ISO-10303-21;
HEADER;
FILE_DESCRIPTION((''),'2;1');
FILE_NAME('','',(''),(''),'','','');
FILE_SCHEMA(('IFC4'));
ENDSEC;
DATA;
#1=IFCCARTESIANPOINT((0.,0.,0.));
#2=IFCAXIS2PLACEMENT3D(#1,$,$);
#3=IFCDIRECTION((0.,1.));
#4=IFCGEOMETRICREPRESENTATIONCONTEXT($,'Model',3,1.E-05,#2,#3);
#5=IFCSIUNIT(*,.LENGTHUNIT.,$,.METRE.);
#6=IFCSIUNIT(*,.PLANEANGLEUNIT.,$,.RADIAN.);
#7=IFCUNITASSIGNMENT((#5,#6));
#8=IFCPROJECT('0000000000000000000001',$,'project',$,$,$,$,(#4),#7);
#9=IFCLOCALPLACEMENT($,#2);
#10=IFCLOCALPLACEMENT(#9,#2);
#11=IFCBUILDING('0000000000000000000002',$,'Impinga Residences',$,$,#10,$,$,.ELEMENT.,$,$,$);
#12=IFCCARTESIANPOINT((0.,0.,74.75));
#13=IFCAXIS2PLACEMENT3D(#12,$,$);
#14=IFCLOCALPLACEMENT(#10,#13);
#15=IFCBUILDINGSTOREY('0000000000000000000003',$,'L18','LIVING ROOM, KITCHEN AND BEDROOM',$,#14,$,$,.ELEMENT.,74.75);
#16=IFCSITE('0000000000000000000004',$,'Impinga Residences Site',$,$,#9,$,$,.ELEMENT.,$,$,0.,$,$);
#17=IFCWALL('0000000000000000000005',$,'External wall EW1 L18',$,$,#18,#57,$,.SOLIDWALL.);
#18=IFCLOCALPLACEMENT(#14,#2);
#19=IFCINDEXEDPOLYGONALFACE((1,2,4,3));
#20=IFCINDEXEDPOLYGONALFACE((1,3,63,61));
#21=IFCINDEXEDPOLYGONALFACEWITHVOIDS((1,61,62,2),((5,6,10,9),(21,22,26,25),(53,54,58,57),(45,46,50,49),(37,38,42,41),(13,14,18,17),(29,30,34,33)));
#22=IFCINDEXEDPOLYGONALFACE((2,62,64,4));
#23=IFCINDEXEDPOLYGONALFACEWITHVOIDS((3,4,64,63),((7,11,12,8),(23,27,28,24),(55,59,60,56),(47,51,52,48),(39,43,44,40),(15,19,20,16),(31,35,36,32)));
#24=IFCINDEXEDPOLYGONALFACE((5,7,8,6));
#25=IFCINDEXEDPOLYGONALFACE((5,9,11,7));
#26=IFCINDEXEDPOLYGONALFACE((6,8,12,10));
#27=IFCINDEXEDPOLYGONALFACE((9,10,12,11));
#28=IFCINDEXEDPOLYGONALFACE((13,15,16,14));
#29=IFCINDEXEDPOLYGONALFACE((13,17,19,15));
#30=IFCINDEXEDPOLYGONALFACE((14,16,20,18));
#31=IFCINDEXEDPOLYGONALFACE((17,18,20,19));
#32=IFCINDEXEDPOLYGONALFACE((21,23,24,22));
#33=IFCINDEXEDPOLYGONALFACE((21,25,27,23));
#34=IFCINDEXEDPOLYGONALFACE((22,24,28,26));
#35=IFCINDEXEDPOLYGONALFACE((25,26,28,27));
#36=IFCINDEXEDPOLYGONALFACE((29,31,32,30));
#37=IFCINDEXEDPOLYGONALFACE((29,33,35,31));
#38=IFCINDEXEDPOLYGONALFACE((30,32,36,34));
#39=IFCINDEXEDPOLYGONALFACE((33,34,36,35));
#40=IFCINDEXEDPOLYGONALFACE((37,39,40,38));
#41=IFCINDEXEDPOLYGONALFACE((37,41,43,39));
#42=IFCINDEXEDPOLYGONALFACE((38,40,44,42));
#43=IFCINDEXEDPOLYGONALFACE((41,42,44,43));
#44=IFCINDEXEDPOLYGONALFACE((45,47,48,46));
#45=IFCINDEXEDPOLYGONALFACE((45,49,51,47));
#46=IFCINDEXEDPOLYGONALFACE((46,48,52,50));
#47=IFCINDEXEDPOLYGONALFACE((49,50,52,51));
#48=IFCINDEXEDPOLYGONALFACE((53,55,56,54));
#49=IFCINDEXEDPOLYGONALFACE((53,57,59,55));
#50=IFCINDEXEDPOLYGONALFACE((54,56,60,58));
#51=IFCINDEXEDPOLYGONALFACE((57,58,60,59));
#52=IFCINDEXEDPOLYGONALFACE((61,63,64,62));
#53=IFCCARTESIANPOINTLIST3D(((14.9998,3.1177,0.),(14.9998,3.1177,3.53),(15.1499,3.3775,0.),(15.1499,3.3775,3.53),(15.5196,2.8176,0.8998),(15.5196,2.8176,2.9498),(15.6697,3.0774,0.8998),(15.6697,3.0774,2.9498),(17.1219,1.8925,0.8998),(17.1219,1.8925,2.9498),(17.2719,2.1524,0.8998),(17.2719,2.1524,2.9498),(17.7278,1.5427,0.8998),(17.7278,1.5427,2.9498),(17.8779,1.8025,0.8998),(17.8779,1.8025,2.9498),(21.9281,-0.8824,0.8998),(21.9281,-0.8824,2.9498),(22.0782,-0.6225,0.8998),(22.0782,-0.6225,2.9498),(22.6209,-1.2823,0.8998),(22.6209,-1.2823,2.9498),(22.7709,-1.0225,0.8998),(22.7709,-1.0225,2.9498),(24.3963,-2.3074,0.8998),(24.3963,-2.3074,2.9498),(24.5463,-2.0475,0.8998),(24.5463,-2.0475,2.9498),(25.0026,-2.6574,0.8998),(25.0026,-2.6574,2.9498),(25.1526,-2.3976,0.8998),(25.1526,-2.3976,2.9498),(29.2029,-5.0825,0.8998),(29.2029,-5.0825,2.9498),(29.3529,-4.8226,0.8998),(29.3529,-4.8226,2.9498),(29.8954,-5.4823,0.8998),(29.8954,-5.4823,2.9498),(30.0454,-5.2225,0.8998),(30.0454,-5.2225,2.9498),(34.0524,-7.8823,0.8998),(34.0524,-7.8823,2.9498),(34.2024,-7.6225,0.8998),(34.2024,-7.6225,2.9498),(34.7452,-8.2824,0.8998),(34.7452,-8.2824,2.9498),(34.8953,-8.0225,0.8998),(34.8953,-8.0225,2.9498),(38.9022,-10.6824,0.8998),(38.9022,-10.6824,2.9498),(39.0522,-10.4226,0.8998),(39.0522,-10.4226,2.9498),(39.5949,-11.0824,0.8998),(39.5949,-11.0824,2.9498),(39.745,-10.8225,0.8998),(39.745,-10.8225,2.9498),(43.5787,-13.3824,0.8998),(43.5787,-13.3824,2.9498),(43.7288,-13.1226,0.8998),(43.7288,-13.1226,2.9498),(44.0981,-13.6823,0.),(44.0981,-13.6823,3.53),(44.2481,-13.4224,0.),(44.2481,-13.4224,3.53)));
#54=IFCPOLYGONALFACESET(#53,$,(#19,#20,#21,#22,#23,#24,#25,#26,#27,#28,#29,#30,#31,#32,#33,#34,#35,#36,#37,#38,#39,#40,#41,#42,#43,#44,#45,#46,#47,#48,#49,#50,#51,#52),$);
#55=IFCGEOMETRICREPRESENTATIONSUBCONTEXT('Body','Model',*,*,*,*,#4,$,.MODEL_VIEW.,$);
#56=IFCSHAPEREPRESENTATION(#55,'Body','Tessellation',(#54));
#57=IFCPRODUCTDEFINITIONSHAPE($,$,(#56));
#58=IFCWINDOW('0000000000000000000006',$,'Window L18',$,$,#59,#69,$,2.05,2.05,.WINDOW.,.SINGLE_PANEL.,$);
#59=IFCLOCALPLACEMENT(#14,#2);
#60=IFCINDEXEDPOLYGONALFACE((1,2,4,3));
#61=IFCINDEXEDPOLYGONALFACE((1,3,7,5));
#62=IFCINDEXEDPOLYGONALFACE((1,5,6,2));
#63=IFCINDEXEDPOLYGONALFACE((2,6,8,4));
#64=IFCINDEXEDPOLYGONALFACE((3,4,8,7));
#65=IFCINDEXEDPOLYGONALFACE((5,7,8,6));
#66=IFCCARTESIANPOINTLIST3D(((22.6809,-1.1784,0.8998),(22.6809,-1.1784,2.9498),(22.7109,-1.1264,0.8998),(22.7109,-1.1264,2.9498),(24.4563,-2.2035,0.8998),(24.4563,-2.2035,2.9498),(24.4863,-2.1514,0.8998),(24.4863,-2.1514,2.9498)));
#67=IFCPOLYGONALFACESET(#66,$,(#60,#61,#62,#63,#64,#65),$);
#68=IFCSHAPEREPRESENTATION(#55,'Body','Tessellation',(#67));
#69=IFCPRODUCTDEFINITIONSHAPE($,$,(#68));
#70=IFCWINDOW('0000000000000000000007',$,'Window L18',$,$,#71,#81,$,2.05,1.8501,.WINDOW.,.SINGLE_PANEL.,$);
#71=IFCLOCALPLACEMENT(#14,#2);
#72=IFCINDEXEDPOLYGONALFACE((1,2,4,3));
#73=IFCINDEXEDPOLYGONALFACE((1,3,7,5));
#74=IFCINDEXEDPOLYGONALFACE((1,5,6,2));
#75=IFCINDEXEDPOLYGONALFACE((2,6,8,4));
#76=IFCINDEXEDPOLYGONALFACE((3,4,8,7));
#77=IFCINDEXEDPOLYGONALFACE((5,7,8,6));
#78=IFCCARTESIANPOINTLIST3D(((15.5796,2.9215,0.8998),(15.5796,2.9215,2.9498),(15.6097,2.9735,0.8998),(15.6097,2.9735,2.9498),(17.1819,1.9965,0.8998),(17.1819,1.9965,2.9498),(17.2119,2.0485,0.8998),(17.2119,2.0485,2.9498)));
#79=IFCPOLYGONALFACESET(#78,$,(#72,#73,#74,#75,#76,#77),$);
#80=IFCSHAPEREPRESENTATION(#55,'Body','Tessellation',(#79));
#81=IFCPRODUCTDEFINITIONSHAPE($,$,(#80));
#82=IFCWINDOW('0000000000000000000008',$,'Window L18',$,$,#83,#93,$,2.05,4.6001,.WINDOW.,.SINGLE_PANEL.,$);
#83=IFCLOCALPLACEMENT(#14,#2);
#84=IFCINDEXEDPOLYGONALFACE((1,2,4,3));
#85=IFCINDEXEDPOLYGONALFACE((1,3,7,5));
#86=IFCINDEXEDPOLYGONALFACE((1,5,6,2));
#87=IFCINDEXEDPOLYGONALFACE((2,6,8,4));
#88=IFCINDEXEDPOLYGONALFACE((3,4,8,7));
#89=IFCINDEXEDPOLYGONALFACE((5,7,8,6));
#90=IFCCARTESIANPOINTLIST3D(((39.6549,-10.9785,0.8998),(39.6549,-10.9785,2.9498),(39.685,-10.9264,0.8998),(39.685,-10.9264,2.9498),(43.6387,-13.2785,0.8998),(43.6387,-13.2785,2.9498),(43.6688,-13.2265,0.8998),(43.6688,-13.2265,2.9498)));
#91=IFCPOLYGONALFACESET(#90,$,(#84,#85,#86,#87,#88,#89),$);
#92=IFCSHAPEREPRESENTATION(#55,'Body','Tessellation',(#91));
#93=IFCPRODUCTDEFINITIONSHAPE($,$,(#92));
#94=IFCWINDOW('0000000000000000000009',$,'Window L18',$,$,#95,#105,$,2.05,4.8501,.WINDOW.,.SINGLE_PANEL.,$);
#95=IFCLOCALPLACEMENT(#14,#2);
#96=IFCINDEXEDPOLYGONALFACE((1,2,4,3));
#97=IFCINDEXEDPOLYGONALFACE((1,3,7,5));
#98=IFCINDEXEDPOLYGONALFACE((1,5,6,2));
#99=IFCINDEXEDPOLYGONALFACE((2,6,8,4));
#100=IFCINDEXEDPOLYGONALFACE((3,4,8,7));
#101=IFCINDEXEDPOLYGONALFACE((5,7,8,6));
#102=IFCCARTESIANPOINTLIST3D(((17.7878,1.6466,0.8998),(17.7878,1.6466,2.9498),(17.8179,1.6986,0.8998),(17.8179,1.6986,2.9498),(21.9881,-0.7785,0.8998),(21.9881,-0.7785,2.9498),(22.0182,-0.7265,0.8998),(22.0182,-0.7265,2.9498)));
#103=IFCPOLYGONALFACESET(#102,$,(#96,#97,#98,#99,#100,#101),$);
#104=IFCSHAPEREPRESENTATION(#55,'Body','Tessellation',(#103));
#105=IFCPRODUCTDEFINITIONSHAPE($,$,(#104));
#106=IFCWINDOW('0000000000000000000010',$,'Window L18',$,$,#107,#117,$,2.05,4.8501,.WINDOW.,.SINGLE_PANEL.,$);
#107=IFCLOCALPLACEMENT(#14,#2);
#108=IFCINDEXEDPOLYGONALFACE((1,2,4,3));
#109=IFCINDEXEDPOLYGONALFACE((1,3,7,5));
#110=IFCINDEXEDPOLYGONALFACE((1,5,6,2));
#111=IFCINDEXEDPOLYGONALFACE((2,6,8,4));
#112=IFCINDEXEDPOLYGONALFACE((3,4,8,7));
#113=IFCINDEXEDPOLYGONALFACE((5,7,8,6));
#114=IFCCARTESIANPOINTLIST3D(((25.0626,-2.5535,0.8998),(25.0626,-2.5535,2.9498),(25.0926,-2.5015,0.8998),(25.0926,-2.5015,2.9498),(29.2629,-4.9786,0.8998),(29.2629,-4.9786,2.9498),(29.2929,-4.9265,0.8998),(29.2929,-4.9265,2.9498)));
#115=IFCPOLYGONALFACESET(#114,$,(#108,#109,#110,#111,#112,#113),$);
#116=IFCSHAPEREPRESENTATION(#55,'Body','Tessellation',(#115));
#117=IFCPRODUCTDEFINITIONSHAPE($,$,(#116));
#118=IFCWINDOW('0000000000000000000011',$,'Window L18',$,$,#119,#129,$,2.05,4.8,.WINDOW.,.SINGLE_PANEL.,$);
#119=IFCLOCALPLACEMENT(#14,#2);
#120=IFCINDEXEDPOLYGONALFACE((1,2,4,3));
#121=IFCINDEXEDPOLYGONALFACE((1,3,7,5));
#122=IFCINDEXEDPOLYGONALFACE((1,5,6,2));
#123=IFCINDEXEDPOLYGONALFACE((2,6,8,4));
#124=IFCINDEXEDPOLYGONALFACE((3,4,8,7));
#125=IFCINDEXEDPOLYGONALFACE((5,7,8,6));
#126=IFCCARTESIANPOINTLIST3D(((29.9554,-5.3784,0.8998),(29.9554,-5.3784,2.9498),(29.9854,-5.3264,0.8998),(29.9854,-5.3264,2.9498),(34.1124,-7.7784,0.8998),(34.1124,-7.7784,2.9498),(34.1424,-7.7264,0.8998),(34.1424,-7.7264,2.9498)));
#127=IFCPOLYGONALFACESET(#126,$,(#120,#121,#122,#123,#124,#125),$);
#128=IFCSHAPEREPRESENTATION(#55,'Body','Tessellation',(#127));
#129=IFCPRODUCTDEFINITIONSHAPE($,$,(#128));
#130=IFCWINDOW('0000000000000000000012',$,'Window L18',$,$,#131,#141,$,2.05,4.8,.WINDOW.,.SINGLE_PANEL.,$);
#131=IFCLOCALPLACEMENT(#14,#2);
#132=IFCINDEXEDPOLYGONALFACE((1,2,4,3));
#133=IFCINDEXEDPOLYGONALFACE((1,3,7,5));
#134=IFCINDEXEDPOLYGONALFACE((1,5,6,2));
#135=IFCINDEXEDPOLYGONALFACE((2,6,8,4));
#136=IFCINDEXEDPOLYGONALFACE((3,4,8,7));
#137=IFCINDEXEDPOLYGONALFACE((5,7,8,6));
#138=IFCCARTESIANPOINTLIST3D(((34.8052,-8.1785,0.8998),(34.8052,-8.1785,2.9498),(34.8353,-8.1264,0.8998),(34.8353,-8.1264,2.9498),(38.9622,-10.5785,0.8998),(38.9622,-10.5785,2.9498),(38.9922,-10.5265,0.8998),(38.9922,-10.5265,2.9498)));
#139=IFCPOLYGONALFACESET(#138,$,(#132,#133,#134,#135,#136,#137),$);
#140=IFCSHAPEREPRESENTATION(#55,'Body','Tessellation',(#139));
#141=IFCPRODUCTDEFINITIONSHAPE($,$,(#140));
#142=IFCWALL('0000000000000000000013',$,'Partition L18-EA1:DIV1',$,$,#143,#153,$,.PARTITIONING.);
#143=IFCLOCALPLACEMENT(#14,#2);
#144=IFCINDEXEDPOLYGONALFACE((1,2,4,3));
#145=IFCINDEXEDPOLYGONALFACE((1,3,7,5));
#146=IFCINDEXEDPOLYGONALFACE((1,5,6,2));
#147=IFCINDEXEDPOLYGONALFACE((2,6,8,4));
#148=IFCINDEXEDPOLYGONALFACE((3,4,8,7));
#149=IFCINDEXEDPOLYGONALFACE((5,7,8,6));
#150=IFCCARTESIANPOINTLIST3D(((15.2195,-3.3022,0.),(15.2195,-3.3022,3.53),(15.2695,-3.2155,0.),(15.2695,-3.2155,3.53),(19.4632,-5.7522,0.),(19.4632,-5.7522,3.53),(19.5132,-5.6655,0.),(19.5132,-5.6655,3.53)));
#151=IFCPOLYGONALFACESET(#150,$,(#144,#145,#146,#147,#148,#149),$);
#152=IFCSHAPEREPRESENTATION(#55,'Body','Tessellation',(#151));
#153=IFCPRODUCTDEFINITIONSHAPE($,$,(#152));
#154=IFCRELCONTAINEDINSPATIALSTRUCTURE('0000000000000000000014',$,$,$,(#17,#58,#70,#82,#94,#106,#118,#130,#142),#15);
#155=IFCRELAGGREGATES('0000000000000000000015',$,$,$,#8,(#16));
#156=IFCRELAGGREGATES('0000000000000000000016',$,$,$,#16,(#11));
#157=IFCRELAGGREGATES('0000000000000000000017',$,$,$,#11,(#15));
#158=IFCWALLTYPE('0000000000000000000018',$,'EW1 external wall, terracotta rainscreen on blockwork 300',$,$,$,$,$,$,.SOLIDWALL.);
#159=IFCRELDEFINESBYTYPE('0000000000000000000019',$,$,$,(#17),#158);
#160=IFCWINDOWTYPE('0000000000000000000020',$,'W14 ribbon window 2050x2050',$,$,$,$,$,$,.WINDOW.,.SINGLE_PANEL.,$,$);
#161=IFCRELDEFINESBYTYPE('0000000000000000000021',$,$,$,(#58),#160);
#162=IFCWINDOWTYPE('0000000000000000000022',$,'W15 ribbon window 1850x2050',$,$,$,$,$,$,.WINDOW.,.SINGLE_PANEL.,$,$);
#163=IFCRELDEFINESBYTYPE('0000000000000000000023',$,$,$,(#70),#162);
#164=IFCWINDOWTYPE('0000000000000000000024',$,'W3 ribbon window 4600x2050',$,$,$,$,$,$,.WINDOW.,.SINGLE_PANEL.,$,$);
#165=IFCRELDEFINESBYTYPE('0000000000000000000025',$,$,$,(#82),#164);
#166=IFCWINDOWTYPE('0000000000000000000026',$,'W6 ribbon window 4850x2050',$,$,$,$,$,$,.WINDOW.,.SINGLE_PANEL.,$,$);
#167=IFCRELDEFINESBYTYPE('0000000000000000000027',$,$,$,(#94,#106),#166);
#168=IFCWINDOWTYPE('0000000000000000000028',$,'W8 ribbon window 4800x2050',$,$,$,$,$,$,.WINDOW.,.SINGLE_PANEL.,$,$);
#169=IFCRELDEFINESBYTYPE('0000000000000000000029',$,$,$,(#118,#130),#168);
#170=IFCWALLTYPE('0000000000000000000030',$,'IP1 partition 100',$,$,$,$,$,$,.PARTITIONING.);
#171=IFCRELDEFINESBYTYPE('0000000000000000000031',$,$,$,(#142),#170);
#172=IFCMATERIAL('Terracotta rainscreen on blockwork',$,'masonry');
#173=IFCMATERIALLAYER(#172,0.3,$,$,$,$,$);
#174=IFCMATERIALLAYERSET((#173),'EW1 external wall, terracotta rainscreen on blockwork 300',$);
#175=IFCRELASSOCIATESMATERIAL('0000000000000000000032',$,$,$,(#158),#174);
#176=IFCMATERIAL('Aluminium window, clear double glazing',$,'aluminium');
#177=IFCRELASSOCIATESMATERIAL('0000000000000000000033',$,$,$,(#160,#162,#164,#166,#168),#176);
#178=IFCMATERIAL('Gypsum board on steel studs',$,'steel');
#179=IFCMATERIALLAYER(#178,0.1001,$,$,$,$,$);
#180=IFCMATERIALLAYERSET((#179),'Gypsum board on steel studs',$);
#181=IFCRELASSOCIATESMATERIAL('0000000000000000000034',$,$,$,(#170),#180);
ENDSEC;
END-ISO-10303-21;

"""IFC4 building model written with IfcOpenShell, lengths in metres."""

from ifc_helpers import new_model, si_unit, direction, frame, frame_2d, origin, place, context, subcontext, project, spatial, rectangle, extrude, material, layer, layer_set, type_object, element, fill, save


model = new_model("IFC4")

# Units and contexts
model_context = context("Model", 3, precision=1e-05, world=origin(), true_north=direction((0.0, 1.0)))
body_context = subcontext(model_context, "Body", "Model", "MODEL_VIEW")
ifc_project = project(units=[si_unit("LENGTHUNIT", "METRE"), si_unit("PLANEANGLEUNIT", "RADIAN")], contexts=[model_context])

# Site, building, storey
site_placement = place(None, origin())
site = spatial("IfcSite", under=ifc_project, at=site_placement, Name="Impinga Residences Site", CompositionType="ELEMENT", RefElevation=0.0)
building_placement = place(site_placement, origin())
building = spatial("IfcBuilding", under=site, at=building_placement, Name="Impinga Residences", CompositionType="ELEMENT")
storey_placement = place(building_placement, frame((0.0, 0.0, 74.75)))
storey = spatial("IfcBuildingStorey", under=building, at=storey_placement, Name="L18", Description="LIVING ROOM, KITCHEN AND BEDROOM", CompositionType="ELEMENT", Elevation=74.75)

# Wall, openings, windows
ifc_material_1 = material(Name="Terracotta rainscreen on blockwork", Category="masonry")
ifc_layer_1 = layer(ifc_material_1, 0.3)
ifc_layer_set_1 = layer_set([ifc_layer_1], Name="EW1 external wall, terracotta rainscreen on blockwork 300")
wall_type_1 = type_object("IfcWallType", Name="EW1 external wall, terracotta rainscreen on blockwork 300", PredefinedType="SOLIDWALL", material=ifc_layer_set_1)
wall_1_placement = place(storey_placement, frame((15.075, 3.2476, 0.0), z_axis=(0.0, 0.0, 1.0), x_axis=(0.866024, -0.500002, 0.0)))
wall_1 = element("IfcWall", 1, at=wall_1_placement, inside=storey, type_object=wall_type_1, Name="External wall EW1 L18", PredefinedType="SOLIDWALL", context=body_context, shape_type="SweptSolid", body=[
    extrude(rectangle(XDim=33.5999, YDim=0.3, at=frame_2d((16.7998, 0.0))), origin(), (0.0, 0.0, 1.0), 3.53),
])
opening_1_placement = place(wall_1_placement, frame((0.6001, 0.0, 0.8999)))
opening_1 = element("IfcOpeningElement", 2, at=opening_1_placement, cuts=wall_1, PredefinedType="OPENING", context=body_context, shape_type="SweptSolid", body=[
    extrude(rectangle(XDim=1.8501, YDim=2.05, at=frame_2d((0.925, 1.0249))), frame((0.0, 0.1599, 0.0), z_axis=(0.0, -1.0, 0.0), x_axis=(1.0, 0.0, 0.0)), (0.0, 0.0, 1.0), 0.3201),
])
opening_2_placement = place(wall_1_placement, frame((3.1499, 0.0, 0.8999)))
opening_2 = element("IfcOpeningElement", 3, at=opening_2_placement, cuts=wall_1, PredefinedType="OPENING", context=body_context, shape_type="SweptSolid", body=[
    extrude(rectangle(XDim=4.8501, YDim=2.05, at=frame_2d((2.425, 1.0249))), frame((0.0, 0.1599, 0.0), z_axis=(0.0, -1.0, 0.0), x_axis=(1.0, 0.0, 0.0)), (0.0, 0.0, 1.0), 0.3201),
])
opening_3_placement = place(wall_1_placement, frame((8.8, 0.0, 0.8999)))
opening_3 = element("IfcOpeningElement", 4, at=opening_3_placement, cuts=wall_1, PredefinedType="OPENING", context=body_context, shape_type="SweptSolid", body=[
    extrude(rectangle(XDim=2.05, YDim=2.05, at=frame_2d((1.0249, 1.0249))), frame((0.0, 0.1599, 0.0), z_axis=(0.0, -1.0, 0.0), x_axis=(1.0, 0.0, 0.0)), (0.0, 0.0, 1.0), 0.3201),
])
opening_4_placement = place(wall_1_placement, frame((11.55, 0.0, 0.8999)))
opening_4 = element("IfcOpeningElement", 5, at=opening_4_placement, cuts=wall_1, PredefinedType="OPENING", context=body_context, shape_type="SweptSolid", body=[
    extrude(rectangle(XDim=4.8501, YDim=2.05, at=frame_2d((2.425, 1.0249))), frame((0.0, 0.1599, 0.0), z_axis=(0.0, -1.0, 0.0), x_axis=(1.0, 0.0, 0.0)), (0.0, 0.0, 1.0), 0.3201),
])
opening_5_placement = place(wall_1_placement, frame((17.2, 0.0, 0.8999)))
opening_5 = element("IfcOpeningElement", 6, at=opening_5_placement, cuts=wall_1, PredefinedType="OPENING", context=body_context, shape_type="SweptSolid", body=[
    extrude(rectangle(XDim=4.8, YDim=2.05, at=frame_2d((2.3999, 1.0249))), frame((0.0, 0.1599, 0.0), z_axis=(0.0, -1.0, 0.0), x_axis=(1.0, 0.0, 0.0)), (0.0, 0.0, 1.0), 0.3201),
])
opening_6_placement = place(wall_1_placement, frame((22.8, 0.0, 0.8999)))
opening_6 = element("IfcOpeningElement", 7, at=opening_6_placement, cuts=wall_1, PredefinedType="OPENING", context=body_context, shape_type="SweptSolid", body=[
    extrude(rectangle(XDim=4.8, YDim=2.05, at=frame_2d((2.3999, 1.0249))), frame((0.0, 0.1599, 0.0), z_axis=(0.0, -1.0, 0.0), x_axis=(1.0, 0.0, 0.0)), (0.0, 0.0, 1.0), 0.3201),
])
opening_7_placement = place(wall_1_placement, frame((28.3999, 0.0, 0.8999)))
opening_7 = element("IfcOpeningElement", 8, at=opening_7_placement, cuts=wall_1, PredefinedType="OPENING", context=body_context, shape_type="SweptSolid", body=[
    extrude(rectangle(XDim=4.6001, YDim=2.05, at=frame_2d((2.3, 1.0249))), frame((0.0, 0.1599, 0.0), z_axis=(0.0, -1.0, 0.0), x_axis=(1.0, 0.0, 0.0)), (0.0, 0.0, 1.0), 0.3201),
])
ifc_material_2 = material(Name="Aluminium window, clear double glazing", Category="aluminium")
window_type_1 = type_object("IfcWindowType", Name="W14 ribbon window 2050x2050", PartitioningType="SINGLE_PANEL", PredefinedType="WINDOW", material=ifc_material_2)
window_1_placement = place(opening_3_placement, origin())
window_1 = element("IfcWindow", 9, at=window_1_placement, inside=storey, type_object=window_type_1, Name="Window L18", OverallHeight=2.05, OverallWidth=2.05, PartitioningType="SINGLE_PANEL", PredefinedType="WINDOW", context=body_context, shape_type="SweptSolid", body=[
    extrude(rectangle(XDim=2.05, YDim=2.05, at=frame_2d((1.0249, 1.0249))), frame((0.0, 0.03, 0.0), z_axis=(0.0, -1.0, 0.0), x_axis=(1.0, 0.0, 0.0)), (0.0, 0.0, 1.0), 0.0601),
])
fill(opening_3, window_1)
window_type_2 = type_object("IfcWindowType", Name="W15 ribbon window 1850x2050", PartitioningType="SINGLE_PANEL", PredefinedType="WINDOW", material=ifc_material_2)
window_2_placement = place(opening_1_placement, origin())
window_2 = element("IfcWindow", 10, at=window_2_placement, inside=storey, type_object=window_type_2, Name="Window L18", OverallHeight=2.05, OverallWidth=1.8501, PartitioningType="SINGLE_PANEL", PredefinedType="WINDOW", context=body_context, shape_type="SweptSolid", body=[
    extrude(rectangle(XDim=1.8501, YDim=2.05, at=frame_2d((0.925, 1.0249))), frame((0.0, 0.03, 0.0), z_axis=(0.0, -1.0, 0.0), x_axis=(1.0, 0.0, 0.0)), (0.0, 0.0, 1.0), 0.0601),
])
fill(opening_1, window_2)
window_type_3 = type_object("IfcWindowType", Name="W3 ribbon window 4600x2050", PartitioningType="SINGLE_PANEL", PredefinedType="WINDOW", material=ifc_material_2)
window_3_placement = place(opening_7_placement, origin())
window_3 = element("IfcWindow", 11, at=window_3_placement, inside=storey, type_object=window_type_3, Name="Window L18", OverallHeight=2.05, OverallWidth=4.6001, PartitioningType="SINGLE_PANEL", PredefinedType="WINDOW", context=body_context, shape_type="SweptSolid", body=[
    extrude(rectangle(XDim=4.6001, YDim=2.05, at=frame_2d((2.3, 1.0249))), frame((0.0, 0.03, 0.0), z_axis=(0.0, -1.0, 0.0), x_axis=(1.0, 0.0, 0.0)), (0.0, 0.0, 1.0), 0.0601),
])
fill(opening_7, window_3)
window_type_4 = type_object("IfcWindowType", Name="W6 ribbon window 4850x2050", PartitioningType="SINGLE_PANEL", PredefinedType="WINDOW", material=ifc_material_2)
window_4_placement = place(opening_2_placement, origin())
window_4 = element("IfcWindow", 12, at=window_4_placement, inside=storey, type_object=window_type_4, Name="Window L18", OverallHeight=2.05, OverallWidth=4.8501, PartitioningType="SINGLE_PANEL", PredefinedType="WINDOW", context=body_context, shape_type="SweptSolid", body=[
    extrude(rectangle(XDim=4.8501, YDim=2.05, at=frame_2d((2.425, 1.0249))), frame((0.0, 0.03, 0.0), z_axis=(0.0, -1.0, 0.0), x_axis=(1.0, 0.0, 0.0)), (0.0, 0.0, 1.0), 0.0601),
])
fill(opening_2, window_4)
window_5_placement = place(opening_4_placement, origin())
window_5 = element("IfcWindow", 13, at=window_5_placement, inside=storey, type_object=window_type_4, Name="Window L18", OverallHeight=2.05, OverallWidth=4.8501, PartitioningType="SINGLE_PANEL", PredefinedType="WINDOW", context=body_context, shape_type="SweptSolid", body=[
    extrude(rectangle(XDim=4.8501, YDim=2.05, at=frame_2d((2.425, 1.0249))), frame((0.0, 0.03, 0.0), z_axis=(0.0, -1.0, 0.0), x_axis=(1.0, 0.0, 0.0)), (0.0, 0.0, 1.0), 0.0601),
])
fill(opening_4, window_5)
window_type_5 = type_object("IfcWindowType", Name="W8 ribbon window 4800x2050", PartitioningType="SINGLE_PANEL", PredefinedType="WINDOW", material=ifc_material_2)
window_6_placement = place(opening_5_placement, origin())
window_6 = element("IfcWindow", 14, at=window_6_placement, inside=storey, type_object=window_type_5, Name="Window L18", OverallHeight=2.05, OverallWidth=4.8, PartitioningType="SINGLE_PANEL", PredefinedType="WINDOW", context=body_context, shape_type="SweptSolid", body=[
    extrude(rectangle(XDim=4.8, YDim=2.05, at=frame_2d((2.3999, 1.0249))), frame((0.0, 0.03, 0.0), z_axis=(0.0, -1.0, 0.0), x_axis=(1.0, 0.0, 0.0)), (0.0, 0.0, 1.0), 0.0601),
])
fill(opening_5, window_6)
window_7_placement = place(opening_6_placement, origin())
window_7 = element("IfcWindow", 15, at=window_7_placement, inside=storey, type_object=window_type_5, Name="Window L18", OverallHeight=2.05, OverallWidth=4.8, PartitioningType="SINGLE_PANEL", PredefinedType="WINDOW", context=body_context, shape_type="SweptSolid", body=[
    extrude(rectangle(XDim=4.8, YDim=2.05, at=frame_2d((2.3999, 1.0249))), frame((0.0, 0.03, 0.0), z_axis=(0.0, -1.0, 0.0), x_axis=(1.0, 0.0, 0.0)), (0.0, 0.0, 1.0), 0.0601),
])
fill(opening_6, window_7)

# Wall
ifc_material_3 = material(Name="Gypsum board on steel studs", Category="steel")
ifc_layer_2 = layer(ifc_material_3, 0.1001)
ifc_layer_set_2 = layer_set([ifc_layer_2], Name="Gypsum board on steel studs")
wall_type_2 = type_object("IfcWallType", Name="IP1 partition 100", PredefinedType="PARTITIONING", material=ifc_layer_set_2)
wall_2_placement = place(storey_placement, frame((15.2444, -3.2588, 0.0), z_axis=(0.0, 0.0, 1.0), x_axis=(0.866036, -0.499981, 0.0)))
element("IfcWall", 16, at=wall_2_placement, inside=storey, type_object=wall_type_2, Name="Partition L18-EA1:DIV1", PredefinedType="PARTITIONING", context=body_context, shape_type="SweptSolid", body=[
    extrude(rectangle(XDim=4.9001, YDim=0.1001, at=frame_2d((2.4502, 0.0))), origin(), (0.0, 0.0, 1.0), 3.53),
])

save(model, "model.ifc")
